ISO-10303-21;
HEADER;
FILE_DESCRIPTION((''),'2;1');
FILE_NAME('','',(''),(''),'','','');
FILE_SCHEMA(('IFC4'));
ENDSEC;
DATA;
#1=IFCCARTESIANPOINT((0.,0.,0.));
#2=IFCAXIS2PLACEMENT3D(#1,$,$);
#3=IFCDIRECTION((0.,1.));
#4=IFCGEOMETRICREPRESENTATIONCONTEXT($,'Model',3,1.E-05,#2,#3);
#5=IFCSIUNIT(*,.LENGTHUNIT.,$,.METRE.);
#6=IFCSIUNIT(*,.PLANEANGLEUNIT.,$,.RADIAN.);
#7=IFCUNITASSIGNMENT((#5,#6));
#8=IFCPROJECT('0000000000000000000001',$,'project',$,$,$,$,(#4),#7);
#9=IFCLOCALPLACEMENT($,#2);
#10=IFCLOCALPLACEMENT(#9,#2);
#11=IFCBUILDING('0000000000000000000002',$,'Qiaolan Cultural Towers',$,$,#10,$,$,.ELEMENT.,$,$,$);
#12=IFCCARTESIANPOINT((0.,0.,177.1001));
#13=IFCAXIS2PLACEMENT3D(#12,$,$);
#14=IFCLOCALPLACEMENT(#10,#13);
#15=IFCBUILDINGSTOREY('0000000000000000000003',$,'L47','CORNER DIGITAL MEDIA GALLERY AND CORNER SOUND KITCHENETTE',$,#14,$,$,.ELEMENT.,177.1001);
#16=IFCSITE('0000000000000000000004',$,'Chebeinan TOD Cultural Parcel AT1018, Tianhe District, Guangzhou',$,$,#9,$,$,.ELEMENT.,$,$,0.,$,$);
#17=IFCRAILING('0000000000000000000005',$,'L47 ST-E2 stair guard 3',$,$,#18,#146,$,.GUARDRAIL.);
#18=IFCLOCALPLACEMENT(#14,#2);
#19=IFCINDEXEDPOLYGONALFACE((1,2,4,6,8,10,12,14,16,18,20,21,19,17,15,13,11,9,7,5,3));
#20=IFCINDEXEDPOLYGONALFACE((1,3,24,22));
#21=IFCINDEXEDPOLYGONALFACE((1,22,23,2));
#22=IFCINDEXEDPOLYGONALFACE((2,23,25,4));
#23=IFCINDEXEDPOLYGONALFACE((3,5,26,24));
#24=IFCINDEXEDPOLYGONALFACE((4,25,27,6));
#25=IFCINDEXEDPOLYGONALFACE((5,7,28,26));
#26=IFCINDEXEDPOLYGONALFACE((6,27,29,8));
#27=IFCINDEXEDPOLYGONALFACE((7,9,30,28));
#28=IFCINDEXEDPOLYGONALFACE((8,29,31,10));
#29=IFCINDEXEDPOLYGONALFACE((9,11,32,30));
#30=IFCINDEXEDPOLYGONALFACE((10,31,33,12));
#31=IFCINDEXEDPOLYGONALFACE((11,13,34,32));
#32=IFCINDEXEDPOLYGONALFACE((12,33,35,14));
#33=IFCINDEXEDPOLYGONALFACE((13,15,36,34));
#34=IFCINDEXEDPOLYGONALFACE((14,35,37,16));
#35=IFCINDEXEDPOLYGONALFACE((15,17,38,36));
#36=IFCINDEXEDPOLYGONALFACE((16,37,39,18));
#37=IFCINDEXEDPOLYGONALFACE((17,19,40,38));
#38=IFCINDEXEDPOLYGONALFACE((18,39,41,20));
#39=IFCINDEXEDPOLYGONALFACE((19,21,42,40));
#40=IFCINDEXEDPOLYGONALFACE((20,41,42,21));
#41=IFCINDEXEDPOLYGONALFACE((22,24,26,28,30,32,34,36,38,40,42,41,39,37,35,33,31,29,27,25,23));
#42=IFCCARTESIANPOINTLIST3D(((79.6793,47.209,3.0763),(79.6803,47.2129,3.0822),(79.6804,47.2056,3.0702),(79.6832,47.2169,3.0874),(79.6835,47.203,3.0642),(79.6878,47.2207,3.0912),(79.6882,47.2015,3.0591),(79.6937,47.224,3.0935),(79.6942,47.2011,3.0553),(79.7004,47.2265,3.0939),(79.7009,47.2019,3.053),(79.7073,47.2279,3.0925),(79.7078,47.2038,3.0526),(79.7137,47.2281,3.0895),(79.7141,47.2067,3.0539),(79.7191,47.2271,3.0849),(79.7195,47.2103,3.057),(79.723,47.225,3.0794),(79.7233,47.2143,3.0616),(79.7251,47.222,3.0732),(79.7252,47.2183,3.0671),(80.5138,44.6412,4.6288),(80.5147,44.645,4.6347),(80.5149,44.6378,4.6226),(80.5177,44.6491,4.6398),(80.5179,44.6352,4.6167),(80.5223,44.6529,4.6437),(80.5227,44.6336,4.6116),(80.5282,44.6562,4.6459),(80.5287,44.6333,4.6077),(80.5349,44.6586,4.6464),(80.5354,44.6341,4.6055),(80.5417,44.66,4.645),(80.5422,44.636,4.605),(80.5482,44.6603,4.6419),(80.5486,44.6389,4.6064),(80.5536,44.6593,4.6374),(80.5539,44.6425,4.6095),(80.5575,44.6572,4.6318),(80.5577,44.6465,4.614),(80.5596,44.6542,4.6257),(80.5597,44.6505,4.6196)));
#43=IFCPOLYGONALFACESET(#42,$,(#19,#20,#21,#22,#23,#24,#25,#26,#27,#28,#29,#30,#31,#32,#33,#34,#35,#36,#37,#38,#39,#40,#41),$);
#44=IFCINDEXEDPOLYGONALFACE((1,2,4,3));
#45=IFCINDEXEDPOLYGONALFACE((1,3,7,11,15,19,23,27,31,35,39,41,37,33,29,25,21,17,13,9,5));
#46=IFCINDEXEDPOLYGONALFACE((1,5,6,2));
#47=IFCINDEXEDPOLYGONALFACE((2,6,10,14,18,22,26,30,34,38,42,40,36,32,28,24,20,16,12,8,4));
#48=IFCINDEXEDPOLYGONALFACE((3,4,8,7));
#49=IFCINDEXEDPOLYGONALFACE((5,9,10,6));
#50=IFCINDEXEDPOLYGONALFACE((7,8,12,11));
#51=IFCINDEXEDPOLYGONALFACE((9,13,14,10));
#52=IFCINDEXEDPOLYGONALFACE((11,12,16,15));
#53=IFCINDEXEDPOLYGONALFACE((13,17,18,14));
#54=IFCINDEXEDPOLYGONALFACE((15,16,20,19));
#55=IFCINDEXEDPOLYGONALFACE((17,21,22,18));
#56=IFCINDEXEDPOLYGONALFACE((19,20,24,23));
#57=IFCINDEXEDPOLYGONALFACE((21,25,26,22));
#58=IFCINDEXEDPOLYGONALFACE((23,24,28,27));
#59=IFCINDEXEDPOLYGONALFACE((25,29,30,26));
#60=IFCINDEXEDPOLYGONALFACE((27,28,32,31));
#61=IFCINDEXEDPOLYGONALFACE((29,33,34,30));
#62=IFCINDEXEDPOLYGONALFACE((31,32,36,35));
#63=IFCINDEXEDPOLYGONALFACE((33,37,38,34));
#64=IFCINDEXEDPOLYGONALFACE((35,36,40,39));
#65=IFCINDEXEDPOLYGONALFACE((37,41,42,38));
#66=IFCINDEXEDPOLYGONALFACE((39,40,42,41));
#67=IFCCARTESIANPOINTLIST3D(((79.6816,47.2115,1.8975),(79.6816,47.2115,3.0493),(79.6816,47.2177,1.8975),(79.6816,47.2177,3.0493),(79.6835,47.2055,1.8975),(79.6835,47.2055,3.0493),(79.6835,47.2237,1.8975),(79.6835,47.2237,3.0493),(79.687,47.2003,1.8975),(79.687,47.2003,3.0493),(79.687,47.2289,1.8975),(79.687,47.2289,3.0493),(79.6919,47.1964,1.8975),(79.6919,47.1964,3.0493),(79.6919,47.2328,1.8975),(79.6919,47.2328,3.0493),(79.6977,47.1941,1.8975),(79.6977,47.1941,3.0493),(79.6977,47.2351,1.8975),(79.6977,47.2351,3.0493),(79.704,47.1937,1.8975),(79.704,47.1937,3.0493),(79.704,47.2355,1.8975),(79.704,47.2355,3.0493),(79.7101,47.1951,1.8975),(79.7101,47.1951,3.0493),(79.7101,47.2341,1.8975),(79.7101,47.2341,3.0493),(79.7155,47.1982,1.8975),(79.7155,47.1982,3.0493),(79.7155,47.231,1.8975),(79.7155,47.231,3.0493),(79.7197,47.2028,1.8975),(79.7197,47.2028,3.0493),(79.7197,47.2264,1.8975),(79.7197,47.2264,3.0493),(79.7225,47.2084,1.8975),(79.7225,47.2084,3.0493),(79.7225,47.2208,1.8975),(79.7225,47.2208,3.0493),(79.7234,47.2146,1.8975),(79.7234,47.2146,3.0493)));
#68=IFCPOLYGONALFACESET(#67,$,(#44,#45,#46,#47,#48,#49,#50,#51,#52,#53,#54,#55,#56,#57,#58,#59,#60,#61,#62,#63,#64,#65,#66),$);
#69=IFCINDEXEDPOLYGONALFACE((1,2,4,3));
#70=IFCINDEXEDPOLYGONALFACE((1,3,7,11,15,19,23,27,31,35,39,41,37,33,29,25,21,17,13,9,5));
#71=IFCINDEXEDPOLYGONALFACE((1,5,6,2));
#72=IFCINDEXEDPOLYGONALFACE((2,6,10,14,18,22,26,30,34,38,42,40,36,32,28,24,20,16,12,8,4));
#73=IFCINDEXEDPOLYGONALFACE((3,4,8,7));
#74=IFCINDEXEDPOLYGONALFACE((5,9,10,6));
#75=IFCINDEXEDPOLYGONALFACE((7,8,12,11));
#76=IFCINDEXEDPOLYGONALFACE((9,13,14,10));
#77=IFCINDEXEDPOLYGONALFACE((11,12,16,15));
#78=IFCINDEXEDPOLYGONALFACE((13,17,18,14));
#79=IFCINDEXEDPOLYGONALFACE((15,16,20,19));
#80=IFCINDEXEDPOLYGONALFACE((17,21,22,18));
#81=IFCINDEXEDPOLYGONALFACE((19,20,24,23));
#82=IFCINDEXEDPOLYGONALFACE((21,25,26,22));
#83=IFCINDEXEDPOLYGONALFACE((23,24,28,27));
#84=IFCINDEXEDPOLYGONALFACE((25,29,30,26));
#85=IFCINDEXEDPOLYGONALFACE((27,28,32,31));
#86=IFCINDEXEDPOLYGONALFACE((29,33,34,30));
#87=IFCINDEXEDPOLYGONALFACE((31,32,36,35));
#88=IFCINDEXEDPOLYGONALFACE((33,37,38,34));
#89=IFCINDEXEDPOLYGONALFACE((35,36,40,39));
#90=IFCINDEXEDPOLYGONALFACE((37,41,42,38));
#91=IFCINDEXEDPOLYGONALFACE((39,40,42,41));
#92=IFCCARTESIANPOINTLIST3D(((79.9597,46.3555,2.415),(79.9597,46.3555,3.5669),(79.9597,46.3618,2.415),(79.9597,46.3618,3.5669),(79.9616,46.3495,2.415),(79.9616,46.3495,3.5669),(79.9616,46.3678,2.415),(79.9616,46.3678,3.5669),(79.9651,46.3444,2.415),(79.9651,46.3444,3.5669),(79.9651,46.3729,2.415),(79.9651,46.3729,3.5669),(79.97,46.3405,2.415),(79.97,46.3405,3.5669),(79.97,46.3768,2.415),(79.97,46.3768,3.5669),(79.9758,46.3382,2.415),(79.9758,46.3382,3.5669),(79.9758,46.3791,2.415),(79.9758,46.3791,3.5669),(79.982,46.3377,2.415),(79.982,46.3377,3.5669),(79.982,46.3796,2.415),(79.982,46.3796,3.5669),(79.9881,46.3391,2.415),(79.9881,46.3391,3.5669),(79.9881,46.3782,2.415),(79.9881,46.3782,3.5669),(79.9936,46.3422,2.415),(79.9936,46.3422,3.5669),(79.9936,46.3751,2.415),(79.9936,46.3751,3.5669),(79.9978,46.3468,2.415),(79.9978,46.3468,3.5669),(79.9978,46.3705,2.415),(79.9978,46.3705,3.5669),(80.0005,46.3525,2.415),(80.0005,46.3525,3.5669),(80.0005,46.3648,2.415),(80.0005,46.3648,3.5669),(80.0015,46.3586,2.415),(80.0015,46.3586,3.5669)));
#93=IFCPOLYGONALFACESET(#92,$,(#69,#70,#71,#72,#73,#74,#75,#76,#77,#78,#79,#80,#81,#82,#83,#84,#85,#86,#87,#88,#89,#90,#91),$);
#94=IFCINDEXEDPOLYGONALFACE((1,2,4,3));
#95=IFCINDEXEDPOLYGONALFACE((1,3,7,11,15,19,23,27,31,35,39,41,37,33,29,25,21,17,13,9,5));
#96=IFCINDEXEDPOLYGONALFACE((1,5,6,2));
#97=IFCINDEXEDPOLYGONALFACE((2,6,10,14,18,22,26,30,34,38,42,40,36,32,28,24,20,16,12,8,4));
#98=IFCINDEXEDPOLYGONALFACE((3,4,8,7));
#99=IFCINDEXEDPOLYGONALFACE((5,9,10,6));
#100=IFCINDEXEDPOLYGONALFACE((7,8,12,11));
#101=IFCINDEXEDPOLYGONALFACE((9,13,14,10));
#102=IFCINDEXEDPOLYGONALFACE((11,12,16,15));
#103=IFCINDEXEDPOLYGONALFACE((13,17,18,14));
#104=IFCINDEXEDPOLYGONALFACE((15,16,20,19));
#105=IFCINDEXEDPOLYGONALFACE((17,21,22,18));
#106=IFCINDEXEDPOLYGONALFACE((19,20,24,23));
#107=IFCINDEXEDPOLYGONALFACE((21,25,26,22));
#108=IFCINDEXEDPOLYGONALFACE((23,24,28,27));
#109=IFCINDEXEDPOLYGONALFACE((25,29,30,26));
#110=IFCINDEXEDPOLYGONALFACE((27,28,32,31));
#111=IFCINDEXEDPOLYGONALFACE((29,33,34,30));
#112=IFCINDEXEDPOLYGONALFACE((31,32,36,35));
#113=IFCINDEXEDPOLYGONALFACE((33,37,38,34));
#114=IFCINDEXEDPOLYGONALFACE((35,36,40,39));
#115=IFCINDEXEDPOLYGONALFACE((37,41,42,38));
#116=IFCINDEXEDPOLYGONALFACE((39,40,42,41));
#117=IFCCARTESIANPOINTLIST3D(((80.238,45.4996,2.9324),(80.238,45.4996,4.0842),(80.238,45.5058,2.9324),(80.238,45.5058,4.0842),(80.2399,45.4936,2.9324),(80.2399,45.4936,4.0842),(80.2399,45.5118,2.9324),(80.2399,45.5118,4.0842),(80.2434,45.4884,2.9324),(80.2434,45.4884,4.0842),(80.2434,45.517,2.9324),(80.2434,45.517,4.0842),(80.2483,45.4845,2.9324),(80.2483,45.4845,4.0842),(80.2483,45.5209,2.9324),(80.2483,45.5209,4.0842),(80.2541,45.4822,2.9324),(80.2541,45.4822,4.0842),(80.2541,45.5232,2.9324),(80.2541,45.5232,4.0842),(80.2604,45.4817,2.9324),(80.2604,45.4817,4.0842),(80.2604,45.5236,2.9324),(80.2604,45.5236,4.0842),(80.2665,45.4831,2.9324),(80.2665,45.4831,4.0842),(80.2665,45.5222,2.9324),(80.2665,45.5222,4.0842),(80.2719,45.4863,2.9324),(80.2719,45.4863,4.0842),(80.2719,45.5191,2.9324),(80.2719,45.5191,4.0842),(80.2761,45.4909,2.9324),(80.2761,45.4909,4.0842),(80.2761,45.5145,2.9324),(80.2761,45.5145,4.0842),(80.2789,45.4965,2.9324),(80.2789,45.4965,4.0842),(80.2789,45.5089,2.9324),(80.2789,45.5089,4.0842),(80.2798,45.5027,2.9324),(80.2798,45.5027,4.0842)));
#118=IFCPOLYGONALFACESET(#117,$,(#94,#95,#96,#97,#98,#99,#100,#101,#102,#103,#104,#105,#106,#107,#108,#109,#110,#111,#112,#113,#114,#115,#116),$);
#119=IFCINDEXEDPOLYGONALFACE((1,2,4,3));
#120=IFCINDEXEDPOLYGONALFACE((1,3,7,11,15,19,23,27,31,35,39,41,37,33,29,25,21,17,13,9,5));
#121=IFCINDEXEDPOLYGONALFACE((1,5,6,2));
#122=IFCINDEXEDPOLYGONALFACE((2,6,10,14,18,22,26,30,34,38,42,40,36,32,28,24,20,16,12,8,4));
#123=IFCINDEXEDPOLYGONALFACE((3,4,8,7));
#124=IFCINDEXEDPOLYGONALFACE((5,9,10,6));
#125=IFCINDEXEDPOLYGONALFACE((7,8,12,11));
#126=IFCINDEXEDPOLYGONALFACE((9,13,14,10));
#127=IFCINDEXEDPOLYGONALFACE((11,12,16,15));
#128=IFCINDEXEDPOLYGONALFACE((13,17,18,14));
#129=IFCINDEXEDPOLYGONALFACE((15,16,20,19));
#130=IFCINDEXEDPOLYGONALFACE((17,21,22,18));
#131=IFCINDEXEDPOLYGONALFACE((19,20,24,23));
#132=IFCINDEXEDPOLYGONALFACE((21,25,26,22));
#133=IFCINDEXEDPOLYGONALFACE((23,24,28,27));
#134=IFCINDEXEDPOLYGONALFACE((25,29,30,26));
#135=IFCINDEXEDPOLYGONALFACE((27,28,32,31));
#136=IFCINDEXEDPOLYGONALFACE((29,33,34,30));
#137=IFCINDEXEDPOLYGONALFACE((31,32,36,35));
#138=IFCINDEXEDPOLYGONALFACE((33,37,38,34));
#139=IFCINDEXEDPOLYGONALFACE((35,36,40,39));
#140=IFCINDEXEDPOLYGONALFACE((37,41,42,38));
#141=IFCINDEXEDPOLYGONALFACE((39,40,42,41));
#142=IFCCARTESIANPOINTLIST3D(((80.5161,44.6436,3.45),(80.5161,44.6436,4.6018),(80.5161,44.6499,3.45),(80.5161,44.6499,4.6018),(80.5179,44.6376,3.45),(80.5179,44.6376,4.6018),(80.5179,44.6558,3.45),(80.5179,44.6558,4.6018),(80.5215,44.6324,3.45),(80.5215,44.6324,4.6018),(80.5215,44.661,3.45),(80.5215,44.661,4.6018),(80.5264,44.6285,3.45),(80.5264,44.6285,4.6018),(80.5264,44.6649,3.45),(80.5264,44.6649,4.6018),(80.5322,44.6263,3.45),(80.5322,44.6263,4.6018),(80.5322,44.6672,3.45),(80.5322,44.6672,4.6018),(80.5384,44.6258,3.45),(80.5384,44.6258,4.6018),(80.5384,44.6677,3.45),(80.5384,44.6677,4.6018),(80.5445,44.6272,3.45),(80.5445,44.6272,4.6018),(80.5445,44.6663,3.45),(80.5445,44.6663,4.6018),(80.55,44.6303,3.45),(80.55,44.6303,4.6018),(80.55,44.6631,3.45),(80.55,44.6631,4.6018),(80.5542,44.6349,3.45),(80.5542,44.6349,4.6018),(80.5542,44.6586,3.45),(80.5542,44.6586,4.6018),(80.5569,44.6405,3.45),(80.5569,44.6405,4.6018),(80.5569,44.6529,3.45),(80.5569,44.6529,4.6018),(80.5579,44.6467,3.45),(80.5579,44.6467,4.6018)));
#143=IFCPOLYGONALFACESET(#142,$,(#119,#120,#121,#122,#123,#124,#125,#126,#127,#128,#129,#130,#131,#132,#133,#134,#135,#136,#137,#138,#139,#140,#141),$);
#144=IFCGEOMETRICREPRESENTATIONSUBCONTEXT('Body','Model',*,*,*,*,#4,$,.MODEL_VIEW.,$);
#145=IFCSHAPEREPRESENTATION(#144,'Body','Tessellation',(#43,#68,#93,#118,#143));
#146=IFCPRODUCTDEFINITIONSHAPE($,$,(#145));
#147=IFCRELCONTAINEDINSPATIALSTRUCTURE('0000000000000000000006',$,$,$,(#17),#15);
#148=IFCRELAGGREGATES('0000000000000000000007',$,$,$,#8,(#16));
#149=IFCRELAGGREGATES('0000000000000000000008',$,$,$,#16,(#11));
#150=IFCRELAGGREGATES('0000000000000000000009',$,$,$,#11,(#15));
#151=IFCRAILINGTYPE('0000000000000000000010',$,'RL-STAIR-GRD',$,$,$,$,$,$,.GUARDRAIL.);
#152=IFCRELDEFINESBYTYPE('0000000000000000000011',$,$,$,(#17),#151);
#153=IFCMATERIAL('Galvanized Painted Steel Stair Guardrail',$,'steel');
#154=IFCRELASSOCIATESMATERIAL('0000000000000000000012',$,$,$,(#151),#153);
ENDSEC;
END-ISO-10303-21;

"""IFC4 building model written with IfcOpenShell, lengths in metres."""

from ifc_helpers import new_model, si_unit, direction, frame, origin, origin_2d, place, context, subcontext, project, spatial, circle, extrude, material, type_object, element, save


model = new_model("IFC4")

# Units and contexts
model_context = context("Model", 3, precision=1e-05, world=origin(), true_north=direction((0.0, 1.0)))
body_context = subcontext(model_context, "Body", "Model", "MODEL_VIEW")
ifc_project = project(units=[si_unit("LENGTHUNIT", "METRE"), si_unit("PLANEANGLEUNIT", "RADIAN")], contexts=[model_context])

# Site, building, storey
site_placement = place(None, origin())
site = spatial("IfcSite", under=ifc_project, at=site_placement, Name="Chebeinan TOD Cultural Parcel AT1018, Tianhe District, Guangzhou", CompositionType="ELEMENT", RefElevation=0.0)
building_placement = place(site_placement, origin())
building = spatial("IfcBuilding", under=site, at=building_placement, Name="Qiaolan Cultural Towers", CompositionType="ELEMENT")
storey_placement = place(building_placement, frame((0.0, 0.0, 177.1001)))
storey = spatial("IfcBuildingStorey", under=building, at=storey_placement, Name="L47", Description="CORNER DIGITAL MEDIA GALLERY AND CORNER SOUND KITCHENETTE", CompositionType="ELEMENT", Elevation=177.1001)

# Railing
ifc_material_1 = material(Name="Galvanized Painted Steel Stair Guardrail", Category="steel")
railing_type = type_object("IfcRailingType", Name="RL-STAIR-GRD", PredefinedType="GUARDRAIL", material=ifc_material_1)
railing_1_placement = place(storey_placement, frame((79.7024, 47.2146, 1.8975)))
element("IfcRailing", 1, at=railing_1_placement, inside=storey, type_object=railing_type, Name="L47 ST-E2 stair guard 3", PredefinedType="GUARDRAIL", context=body_context, shape_type="SweptSolid", body=[
    extrude(circle(Radius=0.0239, at=origin_2d()), frame((0.0, 0.0, 1.1758), z_axis=(0.267926, -0.824471, 0.498461), x_axis=(0.951043, 0.309057, 0.0)), (0.0, 0.0, 1.0), 3.1145),
    extrude(circle(Radius=0.021, at=origin_2d()), origin(), (0.0, 0.0, 1.0), 1.1519),
    extrude(circle(Radius=0.021, at=origin_2d()), frame((0.2781, -0.856, 0.5176)), (0.0, 0.0, 1.0), 1.1519),
    extrude(circle(Radius=0.021, at=origin_2d()), frame((0.5564, -1.7119, 1.0349)), (0.0, 0.0, 1.0), 1.1519),
    extrude(circle(Radius=0.021, at=origin_2d()), frame((0.8345, -2.5679, 1.5525)), (0.0, 0.0, 1.0), 1.1519),
])

save(model, "model.ifc")
